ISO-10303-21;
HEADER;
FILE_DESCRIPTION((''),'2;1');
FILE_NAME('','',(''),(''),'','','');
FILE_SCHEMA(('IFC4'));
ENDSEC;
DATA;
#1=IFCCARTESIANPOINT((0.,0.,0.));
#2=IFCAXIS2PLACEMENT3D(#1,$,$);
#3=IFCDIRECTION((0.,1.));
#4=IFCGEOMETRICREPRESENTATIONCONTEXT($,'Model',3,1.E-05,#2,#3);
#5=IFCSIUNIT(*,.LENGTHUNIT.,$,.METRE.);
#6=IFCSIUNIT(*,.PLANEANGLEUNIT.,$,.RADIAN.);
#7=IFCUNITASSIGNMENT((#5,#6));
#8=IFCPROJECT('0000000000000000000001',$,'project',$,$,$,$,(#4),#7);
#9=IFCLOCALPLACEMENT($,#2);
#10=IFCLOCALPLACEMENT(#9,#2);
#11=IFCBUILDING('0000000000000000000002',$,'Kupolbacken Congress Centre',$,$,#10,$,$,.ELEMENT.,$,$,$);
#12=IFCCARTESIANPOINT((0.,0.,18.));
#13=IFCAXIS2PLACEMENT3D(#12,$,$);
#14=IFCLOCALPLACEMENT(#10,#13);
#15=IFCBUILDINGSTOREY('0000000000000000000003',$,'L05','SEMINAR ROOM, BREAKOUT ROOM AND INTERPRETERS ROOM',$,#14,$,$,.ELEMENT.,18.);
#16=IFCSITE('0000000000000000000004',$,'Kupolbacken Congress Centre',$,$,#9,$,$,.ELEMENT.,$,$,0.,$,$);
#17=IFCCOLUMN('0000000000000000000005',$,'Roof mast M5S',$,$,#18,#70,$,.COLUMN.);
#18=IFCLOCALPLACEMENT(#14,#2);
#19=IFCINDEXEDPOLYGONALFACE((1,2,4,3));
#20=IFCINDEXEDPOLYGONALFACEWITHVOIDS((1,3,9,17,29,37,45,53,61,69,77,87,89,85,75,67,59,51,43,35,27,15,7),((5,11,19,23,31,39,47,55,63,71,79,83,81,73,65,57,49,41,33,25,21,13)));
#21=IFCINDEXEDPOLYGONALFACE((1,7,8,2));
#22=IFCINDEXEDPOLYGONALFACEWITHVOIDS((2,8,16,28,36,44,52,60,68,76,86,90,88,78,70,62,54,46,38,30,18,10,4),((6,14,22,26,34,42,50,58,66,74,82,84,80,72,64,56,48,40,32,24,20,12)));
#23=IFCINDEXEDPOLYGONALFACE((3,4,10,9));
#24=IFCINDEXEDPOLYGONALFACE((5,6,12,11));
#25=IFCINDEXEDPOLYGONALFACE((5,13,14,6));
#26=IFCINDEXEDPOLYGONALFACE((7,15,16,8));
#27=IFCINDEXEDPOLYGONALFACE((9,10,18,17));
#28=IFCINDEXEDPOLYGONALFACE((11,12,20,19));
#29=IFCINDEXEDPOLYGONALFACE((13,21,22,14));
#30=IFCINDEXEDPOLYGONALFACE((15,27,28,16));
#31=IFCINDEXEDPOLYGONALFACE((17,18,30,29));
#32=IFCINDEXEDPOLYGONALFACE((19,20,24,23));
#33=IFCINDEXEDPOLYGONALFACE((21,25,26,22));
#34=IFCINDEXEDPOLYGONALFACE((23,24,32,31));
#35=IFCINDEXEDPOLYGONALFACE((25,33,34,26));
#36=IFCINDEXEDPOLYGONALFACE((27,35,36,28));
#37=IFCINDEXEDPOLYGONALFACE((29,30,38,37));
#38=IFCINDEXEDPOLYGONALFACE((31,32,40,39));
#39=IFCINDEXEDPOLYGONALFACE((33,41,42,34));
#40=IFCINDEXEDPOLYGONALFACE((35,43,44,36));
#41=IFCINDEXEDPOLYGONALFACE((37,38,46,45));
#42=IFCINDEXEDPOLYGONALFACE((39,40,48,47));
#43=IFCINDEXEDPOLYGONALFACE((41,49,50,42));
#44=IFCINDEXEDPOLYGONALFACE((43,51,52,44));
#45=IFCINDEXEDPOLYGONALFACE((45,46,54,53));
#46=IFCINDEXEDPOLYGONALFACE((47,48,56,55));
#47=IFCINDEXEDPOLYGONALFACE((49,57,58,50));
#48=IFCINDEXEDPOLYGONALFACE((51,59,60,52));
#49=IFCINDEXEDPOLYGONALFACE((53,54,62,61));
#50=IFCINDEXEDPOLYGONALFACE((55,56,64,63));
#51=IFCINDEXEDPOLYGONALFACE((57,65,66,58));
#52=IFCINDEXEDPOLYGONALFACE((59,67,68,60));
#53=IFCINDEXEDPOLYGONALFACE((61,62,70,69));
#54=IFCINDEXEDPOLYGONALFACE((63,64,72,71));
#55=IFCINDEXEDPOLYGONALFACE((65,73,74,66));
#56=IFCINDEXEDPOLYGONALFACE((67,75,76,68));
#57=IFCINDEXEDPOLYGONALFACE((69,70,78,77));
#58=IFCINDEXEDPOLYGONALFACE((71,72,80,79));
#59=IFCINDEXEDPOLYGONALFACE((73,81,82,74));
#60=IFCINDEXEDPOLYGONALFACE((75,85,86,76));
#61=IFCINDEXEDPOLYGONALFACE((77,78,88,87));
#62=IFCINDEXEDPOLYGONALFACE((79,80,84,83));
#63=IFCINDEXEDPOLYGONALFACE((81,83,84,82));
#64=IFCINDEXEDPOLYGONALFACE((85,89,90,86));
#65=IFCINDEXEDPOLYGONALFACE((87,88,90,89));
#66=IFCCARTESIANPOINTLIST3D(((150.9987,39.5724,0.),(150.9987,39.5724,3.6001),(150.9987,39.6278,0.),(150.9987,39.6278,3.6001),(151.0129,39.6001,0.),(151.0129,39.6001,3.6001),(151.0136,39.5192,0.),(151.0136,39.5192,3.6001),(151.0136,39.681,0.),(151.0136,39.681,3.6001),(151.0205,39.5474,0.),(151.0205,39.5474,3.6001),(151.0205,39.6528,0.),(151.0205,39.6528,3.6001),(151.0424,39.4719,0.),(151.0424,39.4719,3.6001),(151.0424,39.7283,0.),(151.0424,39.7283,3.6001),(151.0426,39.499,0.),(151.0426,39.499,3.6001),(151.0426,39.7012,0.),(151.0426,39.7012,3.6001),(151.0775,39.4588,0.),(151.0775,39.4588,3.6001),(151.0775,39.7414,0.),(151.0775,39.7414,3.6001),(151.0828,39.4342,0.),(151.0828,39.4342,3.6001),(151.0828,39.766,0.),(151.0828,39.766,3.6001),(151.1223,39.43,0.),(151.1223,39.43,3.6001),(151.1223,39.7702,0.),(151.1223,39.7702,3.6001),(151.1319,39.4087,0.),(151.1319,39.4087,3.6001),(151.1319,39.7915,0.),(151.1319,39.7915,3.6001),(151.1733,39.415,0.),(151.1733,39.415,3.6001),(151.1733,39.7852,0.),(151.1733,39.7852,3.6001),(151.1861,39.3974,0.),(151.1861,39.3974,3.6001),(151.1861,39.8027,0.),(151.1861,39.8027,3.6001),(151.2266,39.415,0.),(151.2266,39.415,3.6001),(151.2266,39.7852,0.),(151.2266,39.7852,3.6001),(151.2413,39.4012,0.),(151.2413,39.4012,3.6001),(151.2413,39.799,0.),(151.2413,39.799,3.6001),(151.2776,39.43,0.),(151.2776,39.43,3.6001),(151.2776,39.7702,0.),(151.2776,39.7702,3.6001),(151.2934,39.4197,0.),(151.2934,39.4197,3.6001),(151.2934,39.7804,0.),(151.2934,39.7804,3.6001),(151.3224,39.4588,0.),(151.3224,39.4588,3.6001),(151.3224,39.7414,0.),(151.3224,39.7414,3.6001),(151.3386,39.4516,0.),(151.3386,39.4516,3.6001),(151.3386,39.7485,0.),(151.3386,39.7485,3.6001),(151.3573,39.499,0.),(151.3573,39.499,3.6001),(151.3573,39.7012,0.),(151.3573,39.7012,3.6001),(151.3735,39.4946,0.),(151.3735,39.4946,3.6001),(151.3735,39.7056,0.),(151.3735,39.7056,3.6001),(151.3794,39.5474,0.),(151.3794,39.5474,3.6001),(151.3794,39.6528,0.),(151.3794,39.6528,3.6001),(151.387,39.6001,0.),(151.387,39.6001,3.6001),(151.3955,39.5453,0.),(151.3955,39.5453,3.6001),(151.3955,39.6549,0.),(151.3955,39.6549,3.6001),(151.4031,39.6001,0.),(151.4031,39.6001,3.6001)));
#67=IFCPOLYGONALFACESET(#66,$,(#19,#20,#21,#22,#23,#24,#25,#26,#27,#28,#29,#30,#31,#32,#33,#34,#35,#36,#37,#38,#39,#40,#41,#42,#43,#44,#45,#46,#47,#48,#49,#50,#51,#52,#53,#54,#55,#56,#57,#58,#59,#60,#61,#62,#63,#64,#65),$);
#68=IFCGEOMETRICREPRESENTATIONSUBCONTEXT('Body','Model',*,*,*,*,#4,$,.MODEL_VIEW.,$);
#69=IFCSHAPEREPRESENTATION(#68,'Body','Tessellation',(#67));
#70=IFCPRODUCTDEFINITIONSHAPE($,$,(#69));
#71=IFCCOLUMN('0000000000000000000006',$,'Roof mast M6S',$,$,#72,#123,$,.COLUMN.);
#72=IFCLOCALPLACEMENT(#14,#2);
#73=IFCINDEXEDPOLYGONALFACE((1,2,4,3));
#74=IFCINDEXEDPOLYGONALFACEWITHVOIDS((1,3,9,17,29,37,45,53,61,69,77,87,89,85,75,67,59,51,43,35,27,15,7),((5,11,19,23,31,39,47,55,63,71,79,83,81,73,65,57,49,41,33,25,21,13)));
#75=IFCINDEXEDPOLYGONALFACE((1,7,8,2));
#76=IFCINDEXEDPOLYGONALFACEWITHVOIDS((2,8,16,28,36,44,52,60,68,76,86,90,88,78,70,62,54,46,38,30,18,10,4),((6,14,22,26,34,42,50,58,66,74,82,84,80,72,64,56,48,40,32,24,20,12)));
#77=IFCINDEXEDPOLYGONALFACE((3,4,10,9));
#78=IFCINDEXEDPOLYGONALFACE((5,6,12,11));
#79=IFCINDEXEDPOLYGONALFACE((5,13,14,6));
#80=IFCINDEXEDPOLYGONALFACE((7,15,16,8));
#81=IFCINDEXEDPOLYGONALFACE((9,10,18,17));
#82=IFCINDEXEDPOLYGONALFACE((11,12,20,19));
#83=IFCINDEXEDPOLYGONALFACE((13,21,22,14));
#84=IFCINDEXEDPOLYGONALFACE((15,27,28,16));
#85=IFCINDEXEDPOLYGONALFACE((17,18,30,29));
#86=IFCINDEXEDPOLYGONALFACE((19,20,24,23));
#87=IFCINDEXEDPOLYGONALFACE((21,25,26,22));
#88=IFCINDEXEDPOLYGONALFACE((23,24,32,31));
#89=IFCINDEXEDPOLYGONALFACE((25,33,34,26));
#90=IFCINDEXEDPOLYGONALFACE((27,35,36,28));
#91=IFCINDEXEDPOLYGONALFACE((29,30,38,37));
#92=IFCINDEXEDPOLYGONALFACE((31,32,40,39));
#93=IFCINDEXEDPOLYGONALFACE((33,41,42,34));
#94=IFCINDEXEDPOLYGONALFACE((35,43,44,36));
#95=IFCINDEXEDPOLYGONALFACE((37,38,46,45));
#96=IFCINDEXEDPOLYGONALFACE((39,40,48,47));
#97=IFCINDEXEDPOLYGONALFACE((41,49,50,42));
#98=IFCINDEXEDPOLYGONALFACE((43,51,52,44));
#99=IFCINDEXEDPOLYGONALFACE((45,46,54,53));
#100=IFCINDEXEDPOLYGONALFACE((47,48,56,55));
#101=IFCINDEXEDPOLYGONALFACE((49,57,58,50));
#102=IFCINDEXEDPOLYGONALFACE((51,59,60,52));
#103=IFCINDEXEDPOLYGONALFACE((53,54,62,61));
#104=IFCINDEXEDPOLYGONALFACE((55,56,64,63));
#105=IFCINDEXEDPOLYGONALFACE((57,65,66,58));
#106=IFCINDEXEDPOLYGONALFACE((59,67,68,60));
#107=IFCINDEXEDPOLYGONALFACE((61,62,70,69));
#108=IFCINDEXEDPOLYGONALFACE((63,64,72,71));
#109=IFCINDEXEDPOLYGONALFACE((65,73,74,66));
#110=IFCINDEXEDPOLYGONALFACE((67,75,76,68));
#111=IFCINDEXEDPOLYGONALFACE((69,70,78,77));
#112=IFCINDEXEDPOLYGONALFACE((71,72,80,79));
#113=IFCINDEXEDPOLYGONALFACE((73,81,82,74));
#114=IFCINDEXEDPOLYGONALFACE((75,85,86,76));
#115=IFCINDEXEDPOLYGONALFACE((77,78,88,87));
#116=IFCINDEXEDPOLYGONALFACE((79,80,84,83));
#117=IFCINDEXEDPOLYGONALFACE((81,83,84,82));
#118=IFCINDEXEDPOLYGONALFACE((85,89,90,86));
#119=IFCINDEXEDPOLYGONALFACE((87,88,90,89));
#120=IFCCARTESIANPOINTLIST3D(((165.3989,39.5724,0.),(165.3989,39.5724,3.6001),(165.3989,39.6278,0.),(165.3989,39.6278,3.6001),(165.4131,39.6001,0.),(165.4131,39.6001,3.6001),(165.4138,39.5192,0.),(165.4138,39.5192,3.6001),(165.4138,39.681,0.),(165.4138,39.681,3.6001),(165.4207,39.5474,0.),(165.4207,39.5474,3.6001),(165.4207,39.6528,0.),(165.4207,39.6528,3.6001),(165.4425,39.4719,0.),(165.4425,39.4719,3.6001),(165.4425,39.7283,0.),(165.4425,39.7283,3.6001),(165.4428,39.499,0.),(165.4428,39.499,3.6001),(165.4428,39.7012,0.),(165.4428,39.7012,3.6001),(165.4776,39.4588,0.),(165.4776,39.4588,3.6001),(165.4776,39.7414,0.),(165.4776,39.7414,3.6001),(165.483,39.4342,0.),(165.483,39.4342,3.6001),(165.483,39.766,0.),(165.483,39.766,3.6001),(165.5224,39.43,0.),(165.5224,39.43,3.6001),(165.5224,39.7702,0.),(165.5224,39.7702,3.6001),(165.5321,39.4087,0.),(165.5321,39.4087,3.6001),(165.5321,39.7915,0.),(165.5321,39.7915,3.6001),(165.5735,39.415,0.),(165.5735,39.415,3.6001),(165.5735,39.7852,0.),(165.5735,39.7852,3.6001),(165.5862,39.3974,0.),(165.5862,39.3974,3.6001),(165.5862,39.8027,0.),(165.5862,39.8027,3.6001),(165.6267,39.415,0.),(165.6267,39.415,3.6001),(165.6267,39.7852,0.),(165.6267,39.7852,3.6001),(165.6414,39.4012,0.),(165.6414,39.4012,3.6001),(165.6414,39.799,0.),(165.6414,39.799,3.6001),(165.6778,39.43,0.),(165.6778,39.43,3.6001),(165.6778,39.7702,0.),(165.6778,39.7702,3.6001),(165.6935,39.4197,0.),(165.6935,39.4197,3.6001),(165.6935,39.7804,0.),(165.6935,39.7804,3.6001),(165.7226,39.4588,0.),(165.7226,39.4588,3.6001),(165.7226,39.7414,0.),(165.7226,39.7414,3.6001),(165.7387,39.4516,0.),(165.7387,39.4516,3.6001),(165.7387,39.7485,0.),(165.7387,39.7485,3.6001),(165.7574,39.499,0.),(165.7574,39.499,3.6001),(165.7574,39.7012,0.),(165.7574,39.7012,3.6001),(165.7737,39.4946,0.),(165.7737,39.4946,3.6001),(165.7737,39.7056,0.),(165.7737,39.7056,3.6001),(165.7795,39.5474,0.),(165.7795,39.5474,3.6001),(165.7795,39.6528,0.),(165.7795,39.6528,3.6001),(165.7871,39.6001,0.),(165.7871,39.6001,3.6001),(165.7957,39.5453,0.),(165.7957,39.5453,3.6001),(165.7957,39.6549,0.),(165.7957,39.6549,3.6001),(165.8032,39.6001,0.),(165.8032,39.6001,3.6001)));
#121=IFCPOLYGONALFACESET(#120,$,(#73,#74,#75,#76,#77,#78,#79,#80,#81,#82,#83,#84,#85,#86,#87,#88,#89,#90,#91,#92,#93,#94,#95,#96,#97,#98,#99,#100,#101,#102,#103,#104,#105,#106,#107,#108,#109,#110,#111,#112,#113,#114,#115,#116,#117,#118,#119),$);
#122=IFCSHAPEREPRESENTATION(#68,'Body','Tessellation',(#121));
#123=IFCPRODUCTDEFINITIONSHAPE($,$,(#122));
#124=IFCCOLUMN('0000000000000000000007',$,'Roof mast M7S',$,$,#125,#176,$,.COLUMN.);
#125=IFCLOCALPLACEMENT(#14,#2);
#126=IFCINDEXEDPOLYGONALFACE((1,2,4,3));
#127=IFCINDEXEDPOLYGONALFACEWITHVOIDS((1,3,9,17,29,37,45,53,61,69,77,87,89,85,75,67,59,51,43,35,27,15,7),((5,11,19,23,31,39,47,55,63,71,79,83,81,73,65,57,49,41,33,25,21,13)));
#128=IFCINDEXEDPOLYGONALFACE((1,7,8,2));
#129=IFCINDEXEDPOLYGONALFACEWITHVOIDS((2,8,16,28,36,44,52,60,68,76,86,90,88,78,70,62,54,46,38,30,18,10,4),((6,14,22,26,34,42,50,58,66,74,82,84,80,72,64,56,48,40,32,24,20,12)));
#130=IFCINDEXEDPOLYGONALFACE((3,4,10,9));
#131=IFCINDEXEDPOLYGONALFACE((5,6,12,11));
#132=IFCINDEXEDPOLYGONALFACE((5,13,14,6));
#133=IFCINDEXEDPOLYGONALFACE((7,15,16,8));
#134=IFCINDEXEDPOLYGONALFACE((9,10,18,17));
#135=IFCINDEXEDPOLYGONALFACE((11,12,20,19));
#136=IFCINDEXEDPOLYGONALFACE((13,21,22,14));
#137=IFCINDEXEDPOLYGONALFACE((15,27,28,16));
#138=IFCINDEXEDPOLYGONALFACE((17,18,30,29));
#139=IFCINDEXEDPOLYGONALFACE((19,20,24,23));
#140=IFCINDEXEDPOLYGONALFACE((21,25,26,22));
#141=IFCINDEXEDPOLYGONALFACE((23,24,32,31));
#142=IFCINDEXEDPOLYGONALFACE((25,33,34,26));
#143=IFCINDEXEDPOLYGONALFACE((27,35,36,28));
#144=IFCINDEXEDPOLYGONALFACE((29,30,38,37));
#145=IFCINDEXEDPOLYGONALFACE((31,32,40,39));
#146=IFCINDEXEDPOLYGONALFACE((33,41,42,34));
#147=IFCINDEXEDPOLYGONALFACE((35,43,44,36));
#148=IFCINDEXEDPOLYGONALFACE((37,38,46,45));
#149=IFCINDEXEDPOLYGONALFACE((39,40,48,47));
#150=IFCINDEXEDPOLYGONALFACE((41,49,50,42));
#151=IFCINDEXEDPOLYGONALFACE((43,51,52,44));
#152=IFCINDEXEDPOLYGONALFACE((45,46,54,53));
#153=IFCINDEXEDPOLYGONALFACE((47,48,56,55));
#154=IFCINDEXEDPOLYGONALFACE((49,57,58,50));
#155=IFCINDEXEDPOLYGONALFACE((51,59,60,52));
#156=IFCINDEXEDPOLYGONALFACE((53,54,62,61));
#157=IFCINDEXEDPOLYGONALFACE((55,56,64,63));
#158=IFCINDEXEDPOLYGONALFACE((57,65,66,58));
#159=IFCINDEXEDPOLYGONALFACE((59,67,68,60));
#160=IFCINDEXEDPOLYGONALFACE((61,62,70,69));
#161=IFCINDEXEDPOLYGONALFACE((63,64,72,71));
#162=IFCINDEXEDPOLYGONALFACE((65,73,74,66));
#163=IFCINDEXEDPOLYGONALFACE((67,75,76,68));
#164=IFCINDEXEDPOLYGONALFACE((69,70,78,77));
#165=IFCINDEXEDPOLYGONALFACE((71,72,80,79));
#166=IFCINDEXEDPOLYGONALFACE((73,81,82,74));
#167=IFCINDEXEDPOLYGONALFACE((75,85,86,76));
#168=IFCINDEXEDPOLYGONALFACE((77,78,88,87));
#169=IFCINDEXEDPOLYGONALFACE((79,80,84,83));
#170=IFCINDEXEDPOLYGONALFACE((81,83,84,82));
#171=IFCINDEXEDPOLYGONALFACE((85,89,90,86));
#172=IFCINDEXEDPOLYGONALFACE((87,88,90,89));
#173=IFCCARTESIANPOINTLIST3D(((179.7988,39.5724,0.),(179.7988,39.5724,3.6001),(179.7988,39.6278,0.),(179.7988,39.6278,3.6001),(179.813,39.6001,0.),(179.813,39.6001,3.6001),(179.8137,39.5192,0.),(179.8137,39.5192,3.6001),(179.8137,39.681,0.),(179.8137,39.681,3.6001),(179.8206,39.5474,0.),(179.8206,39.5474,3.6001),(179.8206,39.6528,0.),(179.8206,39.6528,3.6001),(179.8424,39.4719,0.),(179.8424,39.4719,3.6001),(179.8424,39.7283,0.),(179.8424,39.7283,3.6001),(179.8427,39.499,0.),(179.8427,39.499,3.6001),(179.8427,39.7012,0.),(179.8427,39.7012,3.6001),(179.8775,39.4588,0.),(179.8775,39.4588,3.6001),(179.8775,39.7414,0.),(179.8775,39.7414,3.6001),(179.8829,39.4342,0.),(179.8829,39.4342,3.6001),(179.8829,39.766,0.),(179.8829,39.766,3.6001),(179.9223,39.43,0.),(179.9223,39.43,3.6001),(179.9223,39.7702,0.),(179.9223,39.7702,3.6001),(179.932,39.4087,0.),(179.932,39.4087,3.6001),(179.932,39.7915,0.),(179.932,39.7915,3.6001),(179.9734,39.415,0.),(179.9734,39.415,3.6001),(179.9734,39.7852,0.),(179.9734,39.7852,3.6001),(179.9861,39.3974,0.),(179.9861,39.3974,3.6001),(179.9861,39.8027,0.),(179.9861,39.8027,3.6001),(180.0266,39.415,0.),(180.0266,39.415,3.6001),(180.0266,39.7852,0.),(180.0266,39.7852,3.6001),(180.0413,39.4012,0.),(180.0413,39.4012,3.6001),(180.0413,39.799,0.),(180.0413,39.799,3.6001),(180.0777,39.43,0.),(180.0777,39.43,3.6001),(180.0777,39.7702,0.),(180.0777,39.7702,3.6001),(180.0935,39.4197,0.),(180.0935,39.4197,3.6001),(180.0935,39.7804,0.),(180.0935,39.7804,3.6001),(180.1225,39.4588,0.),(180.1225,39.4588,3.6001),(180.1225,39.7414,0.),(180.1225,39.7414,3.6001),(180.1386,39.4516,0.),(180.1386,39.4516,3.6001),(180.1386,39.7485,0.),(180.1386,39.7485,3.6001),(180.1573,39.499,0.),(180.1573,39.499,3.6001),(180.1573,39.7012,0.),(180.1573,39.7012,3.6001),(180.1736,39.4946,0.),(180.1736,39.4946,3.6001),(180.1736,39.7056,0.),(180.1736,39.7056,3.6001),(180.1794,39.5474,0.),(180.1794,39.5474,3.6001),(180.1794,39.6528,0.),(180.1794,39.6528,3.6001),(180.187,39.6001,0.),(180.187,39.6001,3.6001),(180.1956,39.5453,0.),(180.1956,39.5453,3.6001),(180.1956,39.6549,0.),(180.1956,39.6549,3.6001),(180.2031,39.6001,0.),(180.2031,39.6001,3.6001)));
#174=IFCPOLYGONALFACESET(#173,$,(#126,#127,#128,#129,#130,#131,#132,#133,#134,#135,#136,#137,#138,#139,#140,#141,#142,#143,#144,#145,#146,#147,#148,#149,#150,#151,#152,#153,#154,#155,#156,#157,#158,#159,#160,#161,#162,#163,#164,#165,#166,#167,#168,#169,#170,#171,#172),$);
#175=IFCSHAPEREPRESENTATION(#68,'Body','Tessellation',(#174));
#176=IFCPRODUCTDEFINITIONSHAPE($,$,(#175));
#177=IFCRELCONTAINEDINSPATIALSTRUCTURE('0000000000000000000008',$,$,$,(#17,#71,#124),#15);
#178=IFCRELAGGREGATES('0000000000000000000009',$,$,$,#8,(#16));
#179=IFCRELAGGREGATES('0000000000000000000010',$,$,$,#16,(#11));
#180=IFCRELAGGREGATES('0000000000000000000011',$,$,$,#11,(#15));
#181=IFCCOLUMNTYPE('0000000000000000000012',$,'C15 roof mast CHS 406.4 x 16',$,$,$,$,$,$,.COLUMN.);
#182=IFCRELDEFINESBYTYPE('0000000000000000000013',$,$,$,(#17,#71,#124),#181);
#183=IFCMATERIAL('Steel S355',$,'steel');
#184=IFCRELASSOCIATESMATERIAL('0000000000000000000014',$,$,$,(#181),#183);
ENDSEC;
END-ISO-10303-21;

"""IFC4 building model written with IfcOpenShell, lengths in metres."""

from ifc_helpers import new_model, si_unit, direction, frame, origin, origin_2d, place, context, subcontext, project, spatial, hollow_circle, extrude, material, material_profile, profile_set, type_object, element, save


model = new_model("IFC4")

# Units and contexts
model_context = context("Model", 3, precision=1e-05, world=origin(), true_north=direction((0.0, 1.0)))
body_context = subcontext(model_context, "Body", "Model", "MODEL_VIEW")
ifc_project = project(units=[si_unit("LENGTHUNIT", "METRE"), si_unit("PLANEANGLEUNIT", "RADIAN")], contexts=[model_context])

# Site, building, storey
site_placement = place(None, origin())
site = spatial("IfcSite", under=ifc_project, at=site_placement, Name="Kupolbacken Congress Centre", CompositionType="ELEMENT", RefElevation=0.0)
building_placement = place(site_placement, origin())
building = spatial("IfcBuilding", under=site, at=building_placement, Name="Kupolbacken Congress Centre", CompositionType="ELEMENT")
storey_placement = place(building_placement, frame((0.0, 0.0, 18.0)))
storey = spatial("IfcBuildingStorey", under=building, at=storey_placement, Name="L05", Description="SEMINAR ROOM, BREAKOUT ROOM AND INTERPRETERS ROOM", CompositionType="ELEMENT", Elevation=18.0)

# Columns
ifc_material_1 = material(Name="Steel S355", Category="steel")
ifc_material_profile_1 = material_profile(ifc_material_1, hollow_circle(Radius=0.2031, WallThickness=0.0161, at=origin_2d()), Name="CHS 406.4 x 16")
ifc_profile_set_1 = profile_set([ifc_material_profile_1], Name="Steel S355")
column_type = type_object("IfcColumnType", Name="C15 roof mast CHS 406.4 x 16", PredefinedType="COLUMN", material=ifc_profile_set_1)
for number, where, z_axis, x_axis, name in (
    (1, (151.2, 39.6001, 0.0), (0.0, 0.0, 1.0), (1.0, 0.0, 0.0), "Roof mast M5S"),
    (2, (165.6001, 39.6001, 0.0), (0.0, 0.0, 1.0), (1.0, 0.0, 0.0), "Roof mast M6S"),
    (3, (180.0, 39.6001, 0.0), (0.0, 0.0, 1.0), (1.0, 0.0, 0.0), "Roof mast M7S"),
):
    element("IfcColumn", number, at=place(storey_placement, frame(where, z_axis=z_axis, x_axis=x_axis)), inside=storey, type_object=column_type, Name=name, PredefinedType="COLUMN", context=body_context, shape_type="SweptSolid", body=[
        extrude(hollow_circle(Radius=0.2031, WallThickness=0.0161, at=origin_2d()), origin(), (0.0, 0.0, 1.0), 3.6001),
    ])

save(model, "model.ifc")
